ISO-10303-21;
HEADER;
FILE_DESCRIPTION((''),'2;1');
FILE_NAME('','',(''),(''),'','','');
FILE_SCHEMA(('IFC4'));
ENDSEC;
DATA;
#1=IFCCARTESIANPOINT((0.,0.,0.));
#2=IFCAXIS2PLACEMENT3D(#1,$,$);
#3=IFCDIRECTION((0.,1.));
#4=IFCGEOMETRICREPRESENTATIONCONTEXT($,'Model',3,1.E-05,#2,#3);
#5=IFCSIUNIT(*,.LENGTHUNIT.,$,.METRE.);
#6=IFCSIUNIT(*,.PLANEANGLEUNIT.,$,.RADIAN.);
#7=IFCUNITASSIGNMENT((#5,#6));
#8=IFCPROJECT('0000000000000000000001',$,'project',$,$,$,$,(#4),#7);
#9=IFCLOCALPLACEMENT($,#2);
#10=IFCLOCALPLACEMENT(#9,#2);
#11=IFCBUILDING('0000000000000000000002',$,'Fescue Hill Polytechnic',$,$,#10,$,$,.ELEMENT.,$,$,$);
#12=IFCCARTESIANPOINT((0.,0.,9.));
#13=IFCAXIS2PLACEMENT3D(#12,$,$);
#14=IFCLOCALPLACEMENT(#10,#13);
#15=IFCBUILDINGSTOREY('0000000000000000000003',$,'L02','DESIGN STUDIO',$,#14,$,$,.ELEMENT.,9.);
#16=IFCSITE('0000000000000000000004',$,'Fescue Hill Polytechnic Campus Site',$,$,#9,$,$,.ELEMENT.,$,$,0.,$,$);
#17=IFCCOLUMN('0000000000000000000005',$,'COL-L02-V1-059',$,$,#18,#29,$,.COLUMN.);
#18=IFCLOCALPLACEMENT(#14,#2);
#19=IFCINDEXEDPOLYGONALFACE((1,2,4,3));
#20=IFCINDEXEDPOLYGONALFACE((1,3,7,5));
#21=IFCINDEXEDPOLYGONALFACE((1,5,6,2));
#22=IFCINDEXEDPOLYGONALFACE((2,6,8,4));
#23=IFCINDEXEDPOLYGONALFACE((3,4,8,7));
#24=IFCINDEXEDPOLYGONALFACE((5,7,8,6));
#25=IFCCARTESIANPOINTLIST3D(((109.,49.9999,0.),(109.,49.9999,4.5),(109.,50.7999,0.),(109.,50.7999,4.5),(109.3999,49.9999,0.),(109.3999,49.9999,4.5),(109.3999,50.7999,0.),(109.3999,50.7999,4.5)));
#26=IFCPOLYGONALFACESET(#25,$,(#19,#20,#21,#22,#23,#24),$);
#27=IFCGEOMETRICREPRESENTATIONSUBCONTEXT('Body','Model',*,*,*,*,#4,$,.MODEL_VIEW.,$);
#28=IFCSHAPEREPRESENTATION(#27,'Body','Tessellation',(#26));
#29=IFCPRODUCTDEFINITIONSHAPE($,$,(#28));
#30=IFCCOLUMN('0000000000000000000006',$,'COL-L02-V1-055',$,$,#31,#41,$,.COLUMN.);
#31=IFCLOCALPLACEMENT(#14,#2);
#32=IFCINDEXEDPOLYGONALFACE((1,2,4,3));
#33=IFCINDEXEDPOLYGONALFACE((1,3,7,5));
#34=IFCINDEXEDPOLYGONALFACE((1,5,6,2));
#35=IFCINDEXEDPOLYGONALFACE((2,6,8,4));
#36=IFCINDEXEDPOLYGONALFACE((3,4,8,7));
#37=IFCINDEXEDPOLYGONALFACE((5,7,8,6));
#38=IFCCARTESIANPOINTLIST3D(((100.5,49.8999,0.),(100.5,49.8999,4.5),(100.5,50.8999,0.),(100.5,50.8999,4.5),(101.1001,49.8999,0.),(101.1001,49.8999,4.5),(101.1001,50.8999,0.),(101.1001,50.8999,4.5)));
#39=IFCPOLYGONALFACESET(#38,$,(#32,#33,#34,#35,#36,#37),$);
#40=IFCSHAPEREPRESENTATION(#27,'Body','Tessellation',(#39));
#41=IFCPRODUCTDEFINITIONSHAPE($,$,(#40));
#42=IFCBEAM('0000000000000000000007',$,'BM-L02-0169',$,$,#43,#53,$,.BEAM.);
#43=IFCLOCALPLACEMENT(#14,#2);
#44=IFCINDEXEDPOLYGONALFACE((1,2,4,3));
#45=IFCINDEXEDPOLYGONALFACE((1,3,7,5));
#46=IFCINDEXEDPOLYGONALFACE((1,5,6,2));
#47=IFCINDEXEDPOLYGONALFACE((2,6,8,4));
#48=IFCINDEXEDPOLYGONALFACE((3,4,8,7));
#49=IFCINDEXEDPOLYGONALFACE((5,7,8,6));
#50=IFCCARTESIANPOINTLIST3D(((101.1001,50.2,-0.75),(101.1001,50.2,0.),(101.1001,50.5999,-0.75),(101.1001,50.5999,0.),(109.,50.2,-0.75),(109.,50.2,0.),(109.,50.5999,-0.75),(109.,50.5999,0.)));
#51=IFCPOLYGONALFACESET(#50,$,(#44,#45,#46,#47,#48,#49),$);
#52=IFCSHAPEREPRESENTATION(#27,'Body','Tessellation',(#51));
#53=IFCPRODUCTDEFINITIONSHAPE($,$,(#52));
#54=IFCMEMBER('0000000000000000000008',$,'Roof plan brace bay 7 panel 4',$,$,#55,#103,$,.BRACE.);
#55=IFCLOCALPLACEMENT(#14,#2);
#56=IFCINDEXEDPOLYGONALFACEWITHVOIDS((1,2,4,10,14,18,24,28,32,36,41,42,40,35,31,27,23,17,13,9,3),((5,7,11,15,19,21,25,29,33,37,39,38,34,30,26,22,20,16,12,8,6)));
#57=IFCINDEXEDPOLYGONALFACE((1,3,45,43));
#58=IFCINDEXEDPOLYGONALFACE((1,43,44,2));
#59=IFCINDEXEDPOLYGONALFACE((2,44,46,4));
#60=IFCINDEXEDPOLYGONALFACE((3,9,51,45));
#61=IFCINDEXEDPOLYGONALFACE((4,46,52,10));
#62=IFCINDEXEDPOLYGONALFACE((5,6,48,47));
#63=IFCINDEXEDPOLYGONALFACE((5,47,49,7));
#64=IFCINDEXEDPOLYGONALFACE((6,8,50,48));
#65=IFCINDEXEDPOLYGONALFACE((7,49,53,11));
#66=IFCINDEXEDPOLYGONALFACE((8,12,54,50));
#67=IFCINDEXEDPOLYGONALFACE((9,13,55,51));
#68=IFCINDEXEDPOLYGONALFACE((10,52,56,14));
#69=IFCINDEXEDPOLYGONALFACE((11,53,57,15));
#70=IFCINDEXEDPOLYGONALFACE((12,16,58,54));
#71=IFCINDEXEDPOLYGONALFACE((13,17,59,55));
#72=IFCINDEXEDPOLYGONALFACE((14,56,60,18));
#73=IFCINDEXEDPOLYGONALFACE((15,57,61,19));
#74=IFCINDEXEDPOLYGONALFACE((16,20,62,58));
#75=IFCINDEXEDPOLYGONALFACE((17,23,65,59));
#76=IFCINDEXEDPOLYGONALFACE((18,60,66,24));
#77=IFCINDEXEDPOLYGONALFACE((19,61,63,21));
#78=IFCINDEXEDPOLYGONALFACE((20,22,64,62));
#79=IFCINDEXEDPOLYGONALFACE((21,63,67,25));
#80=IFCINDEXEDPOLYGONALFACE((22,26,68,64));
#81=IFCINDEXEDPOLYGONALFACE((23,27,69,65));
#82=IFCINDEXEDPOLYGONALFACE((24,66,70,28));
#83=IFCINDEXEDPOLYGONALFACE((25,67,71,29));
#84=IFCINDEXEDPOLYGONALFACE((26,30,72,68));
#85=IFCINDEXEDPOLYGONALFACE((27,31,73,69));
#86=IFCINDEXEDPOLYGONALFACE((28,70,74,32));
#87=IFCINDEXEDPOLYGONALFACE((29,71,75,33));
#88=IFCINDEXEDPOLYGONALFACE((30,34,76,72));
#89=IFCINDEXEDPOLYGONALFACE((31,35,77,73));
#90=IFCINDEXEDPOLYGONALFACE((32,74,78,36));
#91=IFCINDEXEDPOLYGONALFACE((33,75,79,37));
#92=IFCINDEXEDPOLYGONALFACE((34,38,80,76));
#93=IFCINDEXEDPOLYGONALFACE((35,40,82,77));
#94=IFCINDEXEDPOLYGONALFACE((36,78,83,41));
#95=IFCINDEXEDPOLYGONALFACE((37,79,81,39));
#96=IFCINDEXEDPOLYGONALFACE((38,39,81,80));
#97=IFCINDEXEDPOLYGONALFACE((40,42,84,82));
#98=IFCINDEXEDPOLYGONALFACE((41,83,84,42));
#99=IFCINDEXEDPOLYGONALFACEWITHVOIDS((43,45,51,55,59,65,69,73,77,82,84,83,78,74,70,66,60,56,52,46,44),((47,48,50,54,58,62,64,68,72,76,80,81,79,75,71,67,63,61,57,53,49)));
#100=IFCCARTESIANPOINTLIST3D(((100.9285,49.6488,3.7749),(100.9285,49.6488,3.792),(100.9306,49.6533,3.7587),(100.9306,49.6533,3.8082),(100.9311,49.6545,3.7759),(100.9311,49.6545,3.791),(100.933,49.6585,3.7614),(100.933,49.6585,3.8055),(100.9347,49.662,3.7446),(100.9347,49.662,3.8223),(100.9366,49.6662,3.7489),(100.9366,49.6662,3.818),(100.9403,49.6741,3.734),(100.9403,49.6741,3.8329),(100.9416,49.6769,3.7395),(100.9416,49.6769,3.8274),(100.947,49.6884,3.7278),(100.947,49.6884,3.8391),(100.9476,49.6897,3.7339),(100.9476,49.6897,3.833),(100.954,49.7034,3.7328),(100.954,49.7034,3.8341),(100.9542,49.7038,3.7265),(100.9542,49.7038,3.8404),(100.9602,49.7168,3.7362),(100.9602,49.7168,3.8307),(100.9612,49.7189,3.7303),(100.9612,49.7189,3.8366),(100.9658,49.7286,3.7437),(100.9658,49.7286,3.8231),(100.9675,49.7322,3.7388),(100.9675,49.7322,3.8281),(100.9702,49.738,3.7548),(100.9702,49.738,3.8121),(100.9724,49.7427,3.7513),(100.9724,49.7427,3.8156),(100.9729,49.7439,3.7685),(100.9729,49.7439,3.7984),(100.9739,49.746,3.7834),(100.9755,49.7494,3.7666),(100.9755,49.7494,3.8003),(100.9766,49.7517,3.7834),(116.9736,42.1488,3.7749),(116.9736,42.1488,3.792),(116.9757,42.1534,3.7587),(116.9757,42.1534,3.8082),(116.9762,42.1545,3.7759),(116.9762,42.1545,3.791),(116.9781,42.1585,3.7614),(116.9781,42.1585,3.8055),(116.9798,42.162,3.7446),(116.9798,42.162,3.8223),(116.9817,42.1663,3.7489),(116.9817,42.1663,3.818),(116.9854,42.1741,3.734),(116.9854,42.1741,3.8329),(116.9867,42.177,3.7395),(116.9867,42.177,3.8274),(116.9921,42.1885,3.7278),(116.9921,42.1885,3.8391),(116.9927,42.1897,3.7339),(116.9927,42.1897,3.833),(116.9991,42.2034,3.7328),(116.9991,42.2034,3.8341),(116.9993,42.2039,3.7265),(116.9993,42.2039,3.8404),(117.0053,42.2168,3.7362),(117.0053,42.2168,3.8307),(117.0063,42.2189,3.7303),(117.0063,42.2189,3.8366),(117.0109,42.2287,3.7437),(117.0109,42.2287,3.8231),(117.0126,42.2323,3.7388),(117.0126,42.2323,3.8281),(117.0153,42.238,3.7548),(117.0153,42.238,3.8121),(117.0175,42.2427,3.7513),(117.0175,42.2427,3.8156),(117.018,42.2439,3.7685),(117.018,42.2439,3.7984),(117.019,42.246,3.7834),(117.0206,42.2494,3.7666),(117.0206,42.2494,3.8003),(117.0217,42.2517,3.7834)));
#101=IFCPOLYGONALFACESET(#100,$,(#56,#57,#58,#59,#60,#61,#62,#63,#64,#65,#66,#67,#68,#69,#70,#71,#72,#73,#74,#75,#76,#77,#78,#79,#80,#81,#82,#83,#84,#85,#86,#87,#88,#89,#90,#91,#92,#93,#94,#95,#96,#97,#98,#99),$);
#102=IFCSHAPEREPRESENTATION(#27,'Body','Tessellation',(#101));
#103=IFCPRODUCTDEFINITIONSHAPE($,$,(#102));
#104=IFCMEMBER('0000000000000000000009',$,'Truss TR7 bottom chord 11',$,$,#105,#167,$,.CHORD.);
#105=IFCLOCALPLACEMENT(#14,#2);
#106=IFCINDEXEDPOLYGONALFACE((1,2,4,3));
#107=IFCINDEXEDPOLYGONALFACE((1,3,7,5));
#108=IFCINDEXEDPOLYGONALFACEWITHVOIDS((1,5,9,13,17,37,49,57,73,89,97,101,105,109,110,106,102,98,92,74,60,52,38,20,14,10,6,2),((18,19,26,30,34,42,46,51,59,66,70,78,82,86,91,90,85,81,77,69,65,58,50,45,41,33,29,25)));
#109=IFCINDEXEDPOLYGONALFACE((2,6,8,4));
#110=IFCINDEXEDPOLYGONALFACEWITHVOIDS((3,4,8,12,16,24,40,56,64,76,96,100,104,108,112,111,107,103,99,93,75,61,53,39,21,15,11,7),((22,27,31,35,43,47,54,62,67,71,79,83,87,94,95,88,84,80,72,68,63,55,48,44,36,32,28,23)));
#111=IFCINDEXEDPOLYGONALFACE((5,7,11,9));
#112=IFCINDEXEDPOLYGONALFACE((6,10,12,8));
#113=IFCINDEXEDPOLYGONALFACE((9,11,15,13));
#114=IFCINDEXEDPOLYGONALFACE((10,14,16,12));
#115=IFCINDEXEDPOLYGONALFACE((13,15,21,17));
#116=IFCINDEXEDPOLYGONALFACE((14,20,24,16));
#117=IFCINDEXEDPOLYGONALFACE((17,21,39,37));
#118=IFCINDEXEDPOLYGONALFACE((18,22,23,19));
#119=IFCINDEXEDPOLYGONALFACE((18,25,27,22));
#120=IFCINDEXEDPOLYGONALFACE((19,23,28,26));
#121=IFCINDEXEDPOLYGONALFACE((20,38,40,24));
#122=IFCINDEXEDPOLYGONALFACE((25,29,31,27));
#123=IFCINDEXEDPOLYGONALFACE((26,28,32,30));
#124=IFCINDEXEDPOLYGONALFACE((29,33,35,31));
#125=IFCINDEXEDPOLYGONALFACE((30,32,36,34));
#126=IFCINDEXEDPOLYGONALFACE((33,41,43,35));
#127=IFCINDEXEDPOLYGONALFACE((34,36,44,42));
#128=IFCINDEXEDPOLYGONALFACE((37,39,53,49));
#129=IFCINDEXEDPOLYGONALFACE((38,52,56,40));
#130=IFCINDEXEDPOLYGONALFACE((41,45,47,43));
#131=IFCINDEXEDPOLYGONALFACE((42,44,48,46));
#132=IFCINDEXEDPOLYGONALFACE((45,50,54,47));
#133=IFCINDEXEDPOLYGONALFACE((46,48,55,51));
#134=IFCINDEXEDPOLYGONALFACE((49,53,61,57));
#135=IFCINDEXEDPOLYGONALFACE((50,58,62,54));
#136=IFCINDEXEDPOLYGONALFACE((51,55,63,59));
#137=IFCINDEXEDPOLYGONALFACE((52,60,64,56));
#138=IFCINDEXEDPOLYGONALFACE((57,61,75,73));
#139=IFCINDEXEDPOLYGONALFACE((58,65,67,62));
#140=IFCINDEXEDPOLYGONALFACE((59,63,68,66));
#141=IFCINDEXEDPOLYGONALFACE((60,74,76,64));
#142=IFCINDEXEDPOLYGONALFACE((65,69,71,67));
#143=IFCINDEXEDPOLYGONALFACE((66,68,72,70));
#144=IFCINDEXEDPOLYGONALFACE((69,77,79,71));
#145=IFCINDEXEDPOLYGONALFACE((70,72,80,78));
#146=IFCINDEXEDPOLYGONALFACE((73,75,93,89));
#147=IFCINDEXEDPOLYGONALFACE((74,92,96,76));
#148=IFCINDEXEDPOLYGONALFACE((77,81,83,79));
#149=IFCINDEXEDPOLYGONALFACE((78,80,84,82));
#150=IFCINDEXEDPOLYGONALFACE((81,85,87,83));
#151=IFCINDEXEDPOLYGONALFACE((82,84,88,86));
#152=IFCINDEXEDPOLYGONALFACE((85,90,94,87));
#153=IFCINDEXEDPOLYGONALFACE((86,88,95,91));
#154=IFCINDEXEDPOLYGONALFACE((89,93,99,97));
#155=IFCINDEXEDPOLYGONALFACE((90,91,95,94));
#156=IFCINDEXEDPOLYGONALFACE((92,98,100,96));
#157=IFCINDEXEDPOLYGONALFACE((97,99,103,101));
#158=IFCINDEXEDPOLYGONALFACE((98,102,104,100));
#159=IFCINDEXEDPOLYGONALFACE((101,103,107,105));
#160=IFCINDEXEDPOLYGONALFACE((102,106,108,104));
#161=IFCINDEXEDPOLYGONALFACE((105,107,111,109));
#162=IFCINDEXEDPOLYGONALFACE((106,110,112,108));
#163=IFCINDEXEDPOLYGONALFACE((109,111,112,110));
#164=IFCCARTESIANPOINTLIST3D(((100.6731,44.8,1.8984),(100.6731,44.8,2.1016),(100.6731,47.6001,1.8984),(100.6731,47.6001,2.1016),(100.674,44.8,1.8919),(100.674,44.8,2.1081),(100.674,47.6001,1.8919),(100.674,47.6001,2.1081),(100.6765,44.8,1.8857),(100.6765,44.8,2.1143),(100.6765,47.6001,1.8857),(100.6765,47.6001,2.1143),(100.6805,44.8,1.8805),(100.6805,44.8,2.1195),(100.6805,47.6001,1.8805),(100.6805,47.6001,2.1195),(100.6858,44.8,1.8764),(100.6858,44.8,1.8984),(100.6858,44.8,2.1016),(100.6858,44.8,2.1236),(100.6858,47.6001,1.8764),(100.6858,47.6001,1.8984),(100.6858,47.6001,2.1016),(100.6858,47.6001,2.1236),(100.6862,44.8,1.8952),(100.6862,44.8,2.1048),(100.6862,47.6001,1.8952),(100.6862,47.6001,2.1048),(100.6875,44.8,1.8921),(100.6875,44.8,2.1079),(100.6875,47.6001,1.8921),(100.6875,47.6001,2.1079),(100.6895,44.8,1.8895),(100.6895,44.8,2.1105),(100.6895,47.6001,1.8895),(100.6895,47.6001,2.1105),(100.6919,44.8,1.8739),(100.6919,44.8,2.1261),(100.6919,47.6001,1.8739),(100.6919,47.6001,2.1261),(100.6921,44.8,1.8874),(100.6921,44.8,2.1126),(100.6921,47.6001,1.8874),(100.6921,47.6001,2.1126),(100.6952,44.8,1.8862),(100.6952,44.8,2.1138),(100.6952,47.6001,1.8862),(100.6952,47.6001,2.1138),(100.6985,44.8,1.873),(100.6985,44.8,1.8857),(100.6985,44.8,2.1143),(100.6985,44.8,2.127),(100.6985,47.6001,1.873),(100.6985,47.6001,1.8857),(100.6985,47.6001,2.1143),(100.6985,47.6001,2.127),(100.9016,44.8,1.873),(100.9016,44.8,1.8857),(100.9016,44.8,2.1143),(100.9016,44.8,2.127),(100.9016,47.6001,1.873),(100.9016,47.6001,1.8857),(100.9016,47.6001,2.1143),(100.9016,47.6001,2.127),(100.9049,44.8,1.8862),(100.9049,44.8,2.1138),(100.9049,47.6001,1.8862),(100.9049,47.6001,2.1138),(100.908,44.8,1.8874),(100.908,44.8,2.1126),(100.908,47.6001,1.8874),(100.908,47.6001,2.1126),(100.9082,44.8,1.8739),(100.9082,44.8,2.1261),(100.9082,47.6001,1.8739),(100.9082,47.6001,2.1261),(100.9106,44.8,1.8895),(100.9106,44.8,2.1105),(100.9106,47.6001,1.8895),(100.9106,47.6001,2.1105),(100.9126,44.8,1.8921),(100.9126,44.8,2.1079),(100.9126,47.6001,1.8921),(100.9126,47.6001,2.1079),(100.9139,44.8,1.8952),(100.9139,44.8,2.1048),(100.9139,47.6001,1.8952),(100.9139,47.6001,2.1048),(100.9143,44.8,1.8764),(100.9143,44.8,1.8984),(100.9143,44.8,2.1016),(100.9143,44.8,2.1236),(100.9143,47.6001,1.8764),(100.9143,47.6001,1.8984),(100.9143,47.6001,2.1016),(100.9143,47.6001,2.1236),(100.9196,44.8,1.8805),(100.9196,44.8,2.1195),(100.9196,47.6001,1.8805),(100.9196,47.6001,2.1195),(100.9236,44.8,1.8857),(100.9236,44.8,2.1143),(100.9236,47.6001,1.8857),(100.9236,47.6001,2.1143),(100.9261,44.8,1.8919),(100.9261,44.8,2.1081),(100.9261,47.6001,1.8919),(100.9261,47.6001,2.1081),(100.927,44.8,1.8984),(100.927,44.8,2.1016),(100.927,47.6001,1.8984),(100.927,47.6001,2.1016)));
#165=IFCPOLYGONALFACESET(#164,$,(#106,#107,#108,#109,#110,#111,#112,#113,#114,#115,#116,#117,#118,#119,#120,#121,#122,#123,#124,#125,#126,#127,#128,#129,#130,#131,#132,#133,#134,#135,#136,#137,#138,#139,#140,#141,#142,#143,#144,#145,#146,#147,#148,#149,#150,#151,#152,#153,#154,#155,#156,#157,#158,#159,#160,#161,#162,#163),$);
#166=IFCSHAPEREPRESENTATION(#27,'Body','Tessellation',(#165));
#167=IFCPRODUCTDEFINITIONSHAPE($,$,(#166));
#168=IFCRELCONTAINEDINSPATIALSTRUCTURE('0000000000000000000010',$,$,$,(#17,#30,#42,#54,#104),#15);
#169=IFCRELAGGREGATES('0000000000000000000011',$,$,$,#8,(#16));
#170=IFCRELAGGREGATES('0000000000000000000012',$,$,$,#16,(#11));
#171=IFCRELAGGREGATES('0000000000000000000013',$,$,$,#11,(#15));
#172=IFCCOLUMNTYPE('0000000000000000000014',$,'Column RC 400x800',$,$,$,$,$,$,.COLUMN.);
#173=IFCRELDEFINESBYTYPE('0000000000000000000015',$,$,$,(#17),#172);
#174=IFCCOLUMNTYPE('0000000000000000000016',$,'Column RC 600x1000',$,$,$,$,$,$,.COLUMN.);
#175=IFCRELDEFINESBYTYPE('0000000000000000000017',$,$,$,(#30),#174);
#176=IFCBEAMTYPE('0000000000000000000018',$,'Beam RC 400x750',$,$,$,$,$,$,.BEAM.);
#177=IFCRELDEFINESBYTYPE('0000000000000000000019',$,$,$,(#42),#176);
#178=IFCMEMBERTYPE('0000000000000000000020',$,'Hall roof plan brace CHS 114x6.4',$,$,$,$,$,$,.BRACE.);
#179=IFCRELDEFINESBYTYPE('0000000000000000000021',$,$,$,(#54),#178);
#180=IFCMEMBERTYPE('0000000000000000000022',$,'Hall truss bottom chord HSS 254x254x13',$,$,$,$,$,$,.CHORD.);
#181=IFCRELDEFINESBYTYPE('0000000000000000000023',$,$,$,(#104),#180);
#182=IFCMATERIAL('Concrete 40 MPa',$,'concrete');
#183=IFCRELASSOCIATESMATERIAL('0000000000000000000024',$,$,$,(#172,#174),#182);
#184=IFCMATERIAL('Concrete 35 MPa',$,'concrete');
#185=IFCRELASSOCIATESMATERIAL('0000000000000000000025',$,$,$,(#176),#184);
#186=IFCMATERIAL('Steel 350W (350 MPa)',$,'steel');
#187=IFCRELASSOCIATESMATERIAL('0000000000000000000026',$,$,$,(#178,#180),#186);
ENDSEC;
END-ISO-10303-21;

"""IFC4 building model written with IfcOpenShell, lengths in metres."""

from ifc_helpers import new_model, si_unit, direction, frame, origin, origin_2d, place, context, subcontext, project, spatial, rectangle, hollow_rectangle, hollow_circle, extrude, material, material_profile, profile_set, type_object, element, save


model = new_model("IFC4")

# Units and contexts
model_context = context("Model", 3, precision=1e-05, world=origin(), true_north=direction((0.0, 1.0)))
body_context = subcontext(model_context, "Body", "Model", "MODEL_VIEW")
ifc_project = project(units=[si_unit("LENGTHUNIT", "METRE"), si_unit("PLANEANGLEUNIT", "RADIAN")], contexts=[model_context])

# Site, building, storey
site_placement = place(None, origin())
site = spatial("IfcSite", under=ifc_project, at=site_placement, Name="Fescue Hill Polytechnic Campus Site", CompositionType="ELEMENT", RefElevation=0.0)
building_placement = place(site_placement, origin())
building = spatial("IfcBuilding", under=site, at=building_placement, Name="Fescue Hill Polytechnic", CompositionType="ELEMENT")
storey_placement = place(building_placement, frame((0.0, 0.0, 9.0)))
storey = spatial("IfcBuildingStorey", under=building, at=storey_placement, Name="L02", Description="DESIGN STUDIO", CompositionType="ELEMENT", Elevation=9.0)

# Columns
ifc_material_1 = material(Name="Concrete 40 MPa", Category="concrete")
ifc_material_profile_1 = material_profile(ifc_material_1, rectangle(XDim=0.3999, YDim=0.8, at=origin_2d()), Name="RC 400x800")
ifc_profile_set_1 = profile_set([ifc_material_profile_1], Name="Concrete 40 MPa")
column_type_1 = type_object("IfcColumnType", Name="Column RC 400x800", PredefinedType="COLUMN", material=ifc_profile_set_1)
column_1_placement = place(storey_placement, frame((109.2, 50.3999, 0.0), z_axis=(0.0, 0.0, 1.0), x_axis=(1.0, 0.0, 0.0)))
element("IfcColumn", 1, at=column_1_placement, inside=storey, type_object=column_type_1, Name="COL-L02-V1-059", PredefinedType="COLUMN", context=body_context, shape_type="SweptSolid", body=[
    extrude(rectangle(XDim=0.3999, YDim=0.8, at=origin_2d()), origin(), (0.0, 0.0, 1.0), 4.5),
])
ifc_material_profile_2 = material_profile(ifc_material_1, rectangle(XDim=0.6001, YDim=1.0, at=origin_2d()), Name="RC 600x1000")
ifc_profile_set_2 = profile_set([ifc_material_profile_2], Name="Concrete 40 MPa")
column_type_2 = type_object("IfcColumnType", Name="Column RC 600x1000", PredefinedType="COLUMN", material=ifc_profile_set_2)
column_2_placement = place(storey_placement, frame((100.8, 50.3999, 0.0), z_axis=(0.0, 0.0, 1.0), x_axis=(1.0, 0.0, 0.0)))
element("IfcColumn", 2, at=column_2_placement, inside=storey, type_object=column_type_2, Name="COL-L02-V1-055", PredefinedType="COLUMN", context=body_context, shape_type="SweptSolid", body=[
    extrude(rectangle(XDim=0.6001, YDim=1.0, at=origin_2d()), origin(), (0.0, 0.0, 1.0), 4.5),
])

# Beam
ifc_material_2 = material(Name="Concrete 35 MPa", Category="concrete")
ifc_material_profile_3 = material_profile(ifc_material_2, rectangle(XDim=0.3999, YDim=0.75, at=origin_2d()), Name="RC 400x750")
ifc_profile_set_3 = profile_set([ifc_material_profile_3], Name="Concrete 35 MPa")
beam_type = type_object("IfcBeamType", Name="Beam RC 400x750", PredefinedType="BEAM", material=ifc_profile_set_3)
beam_placement = place(storey_placement, frame((109.0, 50.3999, -0.375), z_axis=(-1.0, 0.0, 0.0), x_axis=(0.0, -1.0, 0.0)))
element("IfcBeam", 3, at=beam_placement, inside=storey, type_object=beam_type, Name="BM-L02-0169", PredefinedType="BEAM", context=body_context, shape_type="SweptSolid", body=[
    extrude(rectangle(XDim=0.3999, YDim=0.75, at=origin_2d()), origin(), (0.0, 0.0, 1.0), 7.8999),
])

# Members
ifc_material_3 = material(Name="Steel 350W (350 MPa)", Category="steel")
ifc_material_profile_4 = material_profile(ifc_material_3, hollow_circle(Radius=0.0571, WallThickness=0.0063, at=origin_2d()), Name="Hall roof plan brace CHS 114x6.4")
ifc_profile_set_4 = profile_set([ifc_material_profile_4], Name="Steel 350W (350 MPa)")
member_type_1 = type_object("IfcMemberType", Name="Hall roof plan brace CHS 114x6.4", PredefinedType="BRACE", material=ifc_profile_set_4)
member_1_placement = place(storey_placement, frame((100.9524, 49.7, 3.7834), z_axis=(0.905918, -0.423454, 0.0), x_axis=(0.423454, 0.905918, 0.0)))
element("IfcMember", 4, at=member_1_placement, inside=storey, type_object=member_type_1, Name="Roof plan brace bay 7 panel 4", PredefinedType="BRACE", context=body_context, shape_type="SweptSolid", body=[
    extrude(hollow_circle(Radius=0.0571, WallThickness=0.0063, at=origin_2d()), origin(), (0.0, 0.0, 1.0), 17.7114),
])
ifc_material_profile_5 = material_profile(ifc_material_3, hollow_rectangle(XDim=0.2539, YDim=0.2539, WallThickness=0.0127, InnerFilletRadius=0.0127, OuterFilletRadius=0.0254, at=origin_2d()), Name="Hall truss bottom chord HSS 254x254x13")
ifc_profile_set_5 = profile_set([ifc_material_profile_5], Name="Steel 350W (350 MPa)")
member_type_2 = type_object("IfcMemberType", Name="Hall truss bottom chord HSS 254x254x13", PredefinedType="CHORD", material=ifc_profile_set_5)
member_2_placement = place(storey_placement, frame((100.8, 44.8, 2.0), z_axis=(0.0, 1.0, 0.0), x_axis=(-1.0, 0.0, 0.0)))
element("IfcMember", 5, at=member_2_placement, inside=storey, type_object=member_type_2, Name="Truss TR7 bottom chord 11", PredefinedType="CHORD", context=body_context, shape_type="SweptSolid", body=[
    extrude(hollow_rectangle(XDim=0.2539, YDim=0.2539, WallThickness=0.0127, InnerFilletRadius=0.0127, OuterFilletRadius=0.0254, at=origin_2d()), origin(), (0.0, 0.0, 1.0), 2.8),
])

save(model, "model.ifc")
